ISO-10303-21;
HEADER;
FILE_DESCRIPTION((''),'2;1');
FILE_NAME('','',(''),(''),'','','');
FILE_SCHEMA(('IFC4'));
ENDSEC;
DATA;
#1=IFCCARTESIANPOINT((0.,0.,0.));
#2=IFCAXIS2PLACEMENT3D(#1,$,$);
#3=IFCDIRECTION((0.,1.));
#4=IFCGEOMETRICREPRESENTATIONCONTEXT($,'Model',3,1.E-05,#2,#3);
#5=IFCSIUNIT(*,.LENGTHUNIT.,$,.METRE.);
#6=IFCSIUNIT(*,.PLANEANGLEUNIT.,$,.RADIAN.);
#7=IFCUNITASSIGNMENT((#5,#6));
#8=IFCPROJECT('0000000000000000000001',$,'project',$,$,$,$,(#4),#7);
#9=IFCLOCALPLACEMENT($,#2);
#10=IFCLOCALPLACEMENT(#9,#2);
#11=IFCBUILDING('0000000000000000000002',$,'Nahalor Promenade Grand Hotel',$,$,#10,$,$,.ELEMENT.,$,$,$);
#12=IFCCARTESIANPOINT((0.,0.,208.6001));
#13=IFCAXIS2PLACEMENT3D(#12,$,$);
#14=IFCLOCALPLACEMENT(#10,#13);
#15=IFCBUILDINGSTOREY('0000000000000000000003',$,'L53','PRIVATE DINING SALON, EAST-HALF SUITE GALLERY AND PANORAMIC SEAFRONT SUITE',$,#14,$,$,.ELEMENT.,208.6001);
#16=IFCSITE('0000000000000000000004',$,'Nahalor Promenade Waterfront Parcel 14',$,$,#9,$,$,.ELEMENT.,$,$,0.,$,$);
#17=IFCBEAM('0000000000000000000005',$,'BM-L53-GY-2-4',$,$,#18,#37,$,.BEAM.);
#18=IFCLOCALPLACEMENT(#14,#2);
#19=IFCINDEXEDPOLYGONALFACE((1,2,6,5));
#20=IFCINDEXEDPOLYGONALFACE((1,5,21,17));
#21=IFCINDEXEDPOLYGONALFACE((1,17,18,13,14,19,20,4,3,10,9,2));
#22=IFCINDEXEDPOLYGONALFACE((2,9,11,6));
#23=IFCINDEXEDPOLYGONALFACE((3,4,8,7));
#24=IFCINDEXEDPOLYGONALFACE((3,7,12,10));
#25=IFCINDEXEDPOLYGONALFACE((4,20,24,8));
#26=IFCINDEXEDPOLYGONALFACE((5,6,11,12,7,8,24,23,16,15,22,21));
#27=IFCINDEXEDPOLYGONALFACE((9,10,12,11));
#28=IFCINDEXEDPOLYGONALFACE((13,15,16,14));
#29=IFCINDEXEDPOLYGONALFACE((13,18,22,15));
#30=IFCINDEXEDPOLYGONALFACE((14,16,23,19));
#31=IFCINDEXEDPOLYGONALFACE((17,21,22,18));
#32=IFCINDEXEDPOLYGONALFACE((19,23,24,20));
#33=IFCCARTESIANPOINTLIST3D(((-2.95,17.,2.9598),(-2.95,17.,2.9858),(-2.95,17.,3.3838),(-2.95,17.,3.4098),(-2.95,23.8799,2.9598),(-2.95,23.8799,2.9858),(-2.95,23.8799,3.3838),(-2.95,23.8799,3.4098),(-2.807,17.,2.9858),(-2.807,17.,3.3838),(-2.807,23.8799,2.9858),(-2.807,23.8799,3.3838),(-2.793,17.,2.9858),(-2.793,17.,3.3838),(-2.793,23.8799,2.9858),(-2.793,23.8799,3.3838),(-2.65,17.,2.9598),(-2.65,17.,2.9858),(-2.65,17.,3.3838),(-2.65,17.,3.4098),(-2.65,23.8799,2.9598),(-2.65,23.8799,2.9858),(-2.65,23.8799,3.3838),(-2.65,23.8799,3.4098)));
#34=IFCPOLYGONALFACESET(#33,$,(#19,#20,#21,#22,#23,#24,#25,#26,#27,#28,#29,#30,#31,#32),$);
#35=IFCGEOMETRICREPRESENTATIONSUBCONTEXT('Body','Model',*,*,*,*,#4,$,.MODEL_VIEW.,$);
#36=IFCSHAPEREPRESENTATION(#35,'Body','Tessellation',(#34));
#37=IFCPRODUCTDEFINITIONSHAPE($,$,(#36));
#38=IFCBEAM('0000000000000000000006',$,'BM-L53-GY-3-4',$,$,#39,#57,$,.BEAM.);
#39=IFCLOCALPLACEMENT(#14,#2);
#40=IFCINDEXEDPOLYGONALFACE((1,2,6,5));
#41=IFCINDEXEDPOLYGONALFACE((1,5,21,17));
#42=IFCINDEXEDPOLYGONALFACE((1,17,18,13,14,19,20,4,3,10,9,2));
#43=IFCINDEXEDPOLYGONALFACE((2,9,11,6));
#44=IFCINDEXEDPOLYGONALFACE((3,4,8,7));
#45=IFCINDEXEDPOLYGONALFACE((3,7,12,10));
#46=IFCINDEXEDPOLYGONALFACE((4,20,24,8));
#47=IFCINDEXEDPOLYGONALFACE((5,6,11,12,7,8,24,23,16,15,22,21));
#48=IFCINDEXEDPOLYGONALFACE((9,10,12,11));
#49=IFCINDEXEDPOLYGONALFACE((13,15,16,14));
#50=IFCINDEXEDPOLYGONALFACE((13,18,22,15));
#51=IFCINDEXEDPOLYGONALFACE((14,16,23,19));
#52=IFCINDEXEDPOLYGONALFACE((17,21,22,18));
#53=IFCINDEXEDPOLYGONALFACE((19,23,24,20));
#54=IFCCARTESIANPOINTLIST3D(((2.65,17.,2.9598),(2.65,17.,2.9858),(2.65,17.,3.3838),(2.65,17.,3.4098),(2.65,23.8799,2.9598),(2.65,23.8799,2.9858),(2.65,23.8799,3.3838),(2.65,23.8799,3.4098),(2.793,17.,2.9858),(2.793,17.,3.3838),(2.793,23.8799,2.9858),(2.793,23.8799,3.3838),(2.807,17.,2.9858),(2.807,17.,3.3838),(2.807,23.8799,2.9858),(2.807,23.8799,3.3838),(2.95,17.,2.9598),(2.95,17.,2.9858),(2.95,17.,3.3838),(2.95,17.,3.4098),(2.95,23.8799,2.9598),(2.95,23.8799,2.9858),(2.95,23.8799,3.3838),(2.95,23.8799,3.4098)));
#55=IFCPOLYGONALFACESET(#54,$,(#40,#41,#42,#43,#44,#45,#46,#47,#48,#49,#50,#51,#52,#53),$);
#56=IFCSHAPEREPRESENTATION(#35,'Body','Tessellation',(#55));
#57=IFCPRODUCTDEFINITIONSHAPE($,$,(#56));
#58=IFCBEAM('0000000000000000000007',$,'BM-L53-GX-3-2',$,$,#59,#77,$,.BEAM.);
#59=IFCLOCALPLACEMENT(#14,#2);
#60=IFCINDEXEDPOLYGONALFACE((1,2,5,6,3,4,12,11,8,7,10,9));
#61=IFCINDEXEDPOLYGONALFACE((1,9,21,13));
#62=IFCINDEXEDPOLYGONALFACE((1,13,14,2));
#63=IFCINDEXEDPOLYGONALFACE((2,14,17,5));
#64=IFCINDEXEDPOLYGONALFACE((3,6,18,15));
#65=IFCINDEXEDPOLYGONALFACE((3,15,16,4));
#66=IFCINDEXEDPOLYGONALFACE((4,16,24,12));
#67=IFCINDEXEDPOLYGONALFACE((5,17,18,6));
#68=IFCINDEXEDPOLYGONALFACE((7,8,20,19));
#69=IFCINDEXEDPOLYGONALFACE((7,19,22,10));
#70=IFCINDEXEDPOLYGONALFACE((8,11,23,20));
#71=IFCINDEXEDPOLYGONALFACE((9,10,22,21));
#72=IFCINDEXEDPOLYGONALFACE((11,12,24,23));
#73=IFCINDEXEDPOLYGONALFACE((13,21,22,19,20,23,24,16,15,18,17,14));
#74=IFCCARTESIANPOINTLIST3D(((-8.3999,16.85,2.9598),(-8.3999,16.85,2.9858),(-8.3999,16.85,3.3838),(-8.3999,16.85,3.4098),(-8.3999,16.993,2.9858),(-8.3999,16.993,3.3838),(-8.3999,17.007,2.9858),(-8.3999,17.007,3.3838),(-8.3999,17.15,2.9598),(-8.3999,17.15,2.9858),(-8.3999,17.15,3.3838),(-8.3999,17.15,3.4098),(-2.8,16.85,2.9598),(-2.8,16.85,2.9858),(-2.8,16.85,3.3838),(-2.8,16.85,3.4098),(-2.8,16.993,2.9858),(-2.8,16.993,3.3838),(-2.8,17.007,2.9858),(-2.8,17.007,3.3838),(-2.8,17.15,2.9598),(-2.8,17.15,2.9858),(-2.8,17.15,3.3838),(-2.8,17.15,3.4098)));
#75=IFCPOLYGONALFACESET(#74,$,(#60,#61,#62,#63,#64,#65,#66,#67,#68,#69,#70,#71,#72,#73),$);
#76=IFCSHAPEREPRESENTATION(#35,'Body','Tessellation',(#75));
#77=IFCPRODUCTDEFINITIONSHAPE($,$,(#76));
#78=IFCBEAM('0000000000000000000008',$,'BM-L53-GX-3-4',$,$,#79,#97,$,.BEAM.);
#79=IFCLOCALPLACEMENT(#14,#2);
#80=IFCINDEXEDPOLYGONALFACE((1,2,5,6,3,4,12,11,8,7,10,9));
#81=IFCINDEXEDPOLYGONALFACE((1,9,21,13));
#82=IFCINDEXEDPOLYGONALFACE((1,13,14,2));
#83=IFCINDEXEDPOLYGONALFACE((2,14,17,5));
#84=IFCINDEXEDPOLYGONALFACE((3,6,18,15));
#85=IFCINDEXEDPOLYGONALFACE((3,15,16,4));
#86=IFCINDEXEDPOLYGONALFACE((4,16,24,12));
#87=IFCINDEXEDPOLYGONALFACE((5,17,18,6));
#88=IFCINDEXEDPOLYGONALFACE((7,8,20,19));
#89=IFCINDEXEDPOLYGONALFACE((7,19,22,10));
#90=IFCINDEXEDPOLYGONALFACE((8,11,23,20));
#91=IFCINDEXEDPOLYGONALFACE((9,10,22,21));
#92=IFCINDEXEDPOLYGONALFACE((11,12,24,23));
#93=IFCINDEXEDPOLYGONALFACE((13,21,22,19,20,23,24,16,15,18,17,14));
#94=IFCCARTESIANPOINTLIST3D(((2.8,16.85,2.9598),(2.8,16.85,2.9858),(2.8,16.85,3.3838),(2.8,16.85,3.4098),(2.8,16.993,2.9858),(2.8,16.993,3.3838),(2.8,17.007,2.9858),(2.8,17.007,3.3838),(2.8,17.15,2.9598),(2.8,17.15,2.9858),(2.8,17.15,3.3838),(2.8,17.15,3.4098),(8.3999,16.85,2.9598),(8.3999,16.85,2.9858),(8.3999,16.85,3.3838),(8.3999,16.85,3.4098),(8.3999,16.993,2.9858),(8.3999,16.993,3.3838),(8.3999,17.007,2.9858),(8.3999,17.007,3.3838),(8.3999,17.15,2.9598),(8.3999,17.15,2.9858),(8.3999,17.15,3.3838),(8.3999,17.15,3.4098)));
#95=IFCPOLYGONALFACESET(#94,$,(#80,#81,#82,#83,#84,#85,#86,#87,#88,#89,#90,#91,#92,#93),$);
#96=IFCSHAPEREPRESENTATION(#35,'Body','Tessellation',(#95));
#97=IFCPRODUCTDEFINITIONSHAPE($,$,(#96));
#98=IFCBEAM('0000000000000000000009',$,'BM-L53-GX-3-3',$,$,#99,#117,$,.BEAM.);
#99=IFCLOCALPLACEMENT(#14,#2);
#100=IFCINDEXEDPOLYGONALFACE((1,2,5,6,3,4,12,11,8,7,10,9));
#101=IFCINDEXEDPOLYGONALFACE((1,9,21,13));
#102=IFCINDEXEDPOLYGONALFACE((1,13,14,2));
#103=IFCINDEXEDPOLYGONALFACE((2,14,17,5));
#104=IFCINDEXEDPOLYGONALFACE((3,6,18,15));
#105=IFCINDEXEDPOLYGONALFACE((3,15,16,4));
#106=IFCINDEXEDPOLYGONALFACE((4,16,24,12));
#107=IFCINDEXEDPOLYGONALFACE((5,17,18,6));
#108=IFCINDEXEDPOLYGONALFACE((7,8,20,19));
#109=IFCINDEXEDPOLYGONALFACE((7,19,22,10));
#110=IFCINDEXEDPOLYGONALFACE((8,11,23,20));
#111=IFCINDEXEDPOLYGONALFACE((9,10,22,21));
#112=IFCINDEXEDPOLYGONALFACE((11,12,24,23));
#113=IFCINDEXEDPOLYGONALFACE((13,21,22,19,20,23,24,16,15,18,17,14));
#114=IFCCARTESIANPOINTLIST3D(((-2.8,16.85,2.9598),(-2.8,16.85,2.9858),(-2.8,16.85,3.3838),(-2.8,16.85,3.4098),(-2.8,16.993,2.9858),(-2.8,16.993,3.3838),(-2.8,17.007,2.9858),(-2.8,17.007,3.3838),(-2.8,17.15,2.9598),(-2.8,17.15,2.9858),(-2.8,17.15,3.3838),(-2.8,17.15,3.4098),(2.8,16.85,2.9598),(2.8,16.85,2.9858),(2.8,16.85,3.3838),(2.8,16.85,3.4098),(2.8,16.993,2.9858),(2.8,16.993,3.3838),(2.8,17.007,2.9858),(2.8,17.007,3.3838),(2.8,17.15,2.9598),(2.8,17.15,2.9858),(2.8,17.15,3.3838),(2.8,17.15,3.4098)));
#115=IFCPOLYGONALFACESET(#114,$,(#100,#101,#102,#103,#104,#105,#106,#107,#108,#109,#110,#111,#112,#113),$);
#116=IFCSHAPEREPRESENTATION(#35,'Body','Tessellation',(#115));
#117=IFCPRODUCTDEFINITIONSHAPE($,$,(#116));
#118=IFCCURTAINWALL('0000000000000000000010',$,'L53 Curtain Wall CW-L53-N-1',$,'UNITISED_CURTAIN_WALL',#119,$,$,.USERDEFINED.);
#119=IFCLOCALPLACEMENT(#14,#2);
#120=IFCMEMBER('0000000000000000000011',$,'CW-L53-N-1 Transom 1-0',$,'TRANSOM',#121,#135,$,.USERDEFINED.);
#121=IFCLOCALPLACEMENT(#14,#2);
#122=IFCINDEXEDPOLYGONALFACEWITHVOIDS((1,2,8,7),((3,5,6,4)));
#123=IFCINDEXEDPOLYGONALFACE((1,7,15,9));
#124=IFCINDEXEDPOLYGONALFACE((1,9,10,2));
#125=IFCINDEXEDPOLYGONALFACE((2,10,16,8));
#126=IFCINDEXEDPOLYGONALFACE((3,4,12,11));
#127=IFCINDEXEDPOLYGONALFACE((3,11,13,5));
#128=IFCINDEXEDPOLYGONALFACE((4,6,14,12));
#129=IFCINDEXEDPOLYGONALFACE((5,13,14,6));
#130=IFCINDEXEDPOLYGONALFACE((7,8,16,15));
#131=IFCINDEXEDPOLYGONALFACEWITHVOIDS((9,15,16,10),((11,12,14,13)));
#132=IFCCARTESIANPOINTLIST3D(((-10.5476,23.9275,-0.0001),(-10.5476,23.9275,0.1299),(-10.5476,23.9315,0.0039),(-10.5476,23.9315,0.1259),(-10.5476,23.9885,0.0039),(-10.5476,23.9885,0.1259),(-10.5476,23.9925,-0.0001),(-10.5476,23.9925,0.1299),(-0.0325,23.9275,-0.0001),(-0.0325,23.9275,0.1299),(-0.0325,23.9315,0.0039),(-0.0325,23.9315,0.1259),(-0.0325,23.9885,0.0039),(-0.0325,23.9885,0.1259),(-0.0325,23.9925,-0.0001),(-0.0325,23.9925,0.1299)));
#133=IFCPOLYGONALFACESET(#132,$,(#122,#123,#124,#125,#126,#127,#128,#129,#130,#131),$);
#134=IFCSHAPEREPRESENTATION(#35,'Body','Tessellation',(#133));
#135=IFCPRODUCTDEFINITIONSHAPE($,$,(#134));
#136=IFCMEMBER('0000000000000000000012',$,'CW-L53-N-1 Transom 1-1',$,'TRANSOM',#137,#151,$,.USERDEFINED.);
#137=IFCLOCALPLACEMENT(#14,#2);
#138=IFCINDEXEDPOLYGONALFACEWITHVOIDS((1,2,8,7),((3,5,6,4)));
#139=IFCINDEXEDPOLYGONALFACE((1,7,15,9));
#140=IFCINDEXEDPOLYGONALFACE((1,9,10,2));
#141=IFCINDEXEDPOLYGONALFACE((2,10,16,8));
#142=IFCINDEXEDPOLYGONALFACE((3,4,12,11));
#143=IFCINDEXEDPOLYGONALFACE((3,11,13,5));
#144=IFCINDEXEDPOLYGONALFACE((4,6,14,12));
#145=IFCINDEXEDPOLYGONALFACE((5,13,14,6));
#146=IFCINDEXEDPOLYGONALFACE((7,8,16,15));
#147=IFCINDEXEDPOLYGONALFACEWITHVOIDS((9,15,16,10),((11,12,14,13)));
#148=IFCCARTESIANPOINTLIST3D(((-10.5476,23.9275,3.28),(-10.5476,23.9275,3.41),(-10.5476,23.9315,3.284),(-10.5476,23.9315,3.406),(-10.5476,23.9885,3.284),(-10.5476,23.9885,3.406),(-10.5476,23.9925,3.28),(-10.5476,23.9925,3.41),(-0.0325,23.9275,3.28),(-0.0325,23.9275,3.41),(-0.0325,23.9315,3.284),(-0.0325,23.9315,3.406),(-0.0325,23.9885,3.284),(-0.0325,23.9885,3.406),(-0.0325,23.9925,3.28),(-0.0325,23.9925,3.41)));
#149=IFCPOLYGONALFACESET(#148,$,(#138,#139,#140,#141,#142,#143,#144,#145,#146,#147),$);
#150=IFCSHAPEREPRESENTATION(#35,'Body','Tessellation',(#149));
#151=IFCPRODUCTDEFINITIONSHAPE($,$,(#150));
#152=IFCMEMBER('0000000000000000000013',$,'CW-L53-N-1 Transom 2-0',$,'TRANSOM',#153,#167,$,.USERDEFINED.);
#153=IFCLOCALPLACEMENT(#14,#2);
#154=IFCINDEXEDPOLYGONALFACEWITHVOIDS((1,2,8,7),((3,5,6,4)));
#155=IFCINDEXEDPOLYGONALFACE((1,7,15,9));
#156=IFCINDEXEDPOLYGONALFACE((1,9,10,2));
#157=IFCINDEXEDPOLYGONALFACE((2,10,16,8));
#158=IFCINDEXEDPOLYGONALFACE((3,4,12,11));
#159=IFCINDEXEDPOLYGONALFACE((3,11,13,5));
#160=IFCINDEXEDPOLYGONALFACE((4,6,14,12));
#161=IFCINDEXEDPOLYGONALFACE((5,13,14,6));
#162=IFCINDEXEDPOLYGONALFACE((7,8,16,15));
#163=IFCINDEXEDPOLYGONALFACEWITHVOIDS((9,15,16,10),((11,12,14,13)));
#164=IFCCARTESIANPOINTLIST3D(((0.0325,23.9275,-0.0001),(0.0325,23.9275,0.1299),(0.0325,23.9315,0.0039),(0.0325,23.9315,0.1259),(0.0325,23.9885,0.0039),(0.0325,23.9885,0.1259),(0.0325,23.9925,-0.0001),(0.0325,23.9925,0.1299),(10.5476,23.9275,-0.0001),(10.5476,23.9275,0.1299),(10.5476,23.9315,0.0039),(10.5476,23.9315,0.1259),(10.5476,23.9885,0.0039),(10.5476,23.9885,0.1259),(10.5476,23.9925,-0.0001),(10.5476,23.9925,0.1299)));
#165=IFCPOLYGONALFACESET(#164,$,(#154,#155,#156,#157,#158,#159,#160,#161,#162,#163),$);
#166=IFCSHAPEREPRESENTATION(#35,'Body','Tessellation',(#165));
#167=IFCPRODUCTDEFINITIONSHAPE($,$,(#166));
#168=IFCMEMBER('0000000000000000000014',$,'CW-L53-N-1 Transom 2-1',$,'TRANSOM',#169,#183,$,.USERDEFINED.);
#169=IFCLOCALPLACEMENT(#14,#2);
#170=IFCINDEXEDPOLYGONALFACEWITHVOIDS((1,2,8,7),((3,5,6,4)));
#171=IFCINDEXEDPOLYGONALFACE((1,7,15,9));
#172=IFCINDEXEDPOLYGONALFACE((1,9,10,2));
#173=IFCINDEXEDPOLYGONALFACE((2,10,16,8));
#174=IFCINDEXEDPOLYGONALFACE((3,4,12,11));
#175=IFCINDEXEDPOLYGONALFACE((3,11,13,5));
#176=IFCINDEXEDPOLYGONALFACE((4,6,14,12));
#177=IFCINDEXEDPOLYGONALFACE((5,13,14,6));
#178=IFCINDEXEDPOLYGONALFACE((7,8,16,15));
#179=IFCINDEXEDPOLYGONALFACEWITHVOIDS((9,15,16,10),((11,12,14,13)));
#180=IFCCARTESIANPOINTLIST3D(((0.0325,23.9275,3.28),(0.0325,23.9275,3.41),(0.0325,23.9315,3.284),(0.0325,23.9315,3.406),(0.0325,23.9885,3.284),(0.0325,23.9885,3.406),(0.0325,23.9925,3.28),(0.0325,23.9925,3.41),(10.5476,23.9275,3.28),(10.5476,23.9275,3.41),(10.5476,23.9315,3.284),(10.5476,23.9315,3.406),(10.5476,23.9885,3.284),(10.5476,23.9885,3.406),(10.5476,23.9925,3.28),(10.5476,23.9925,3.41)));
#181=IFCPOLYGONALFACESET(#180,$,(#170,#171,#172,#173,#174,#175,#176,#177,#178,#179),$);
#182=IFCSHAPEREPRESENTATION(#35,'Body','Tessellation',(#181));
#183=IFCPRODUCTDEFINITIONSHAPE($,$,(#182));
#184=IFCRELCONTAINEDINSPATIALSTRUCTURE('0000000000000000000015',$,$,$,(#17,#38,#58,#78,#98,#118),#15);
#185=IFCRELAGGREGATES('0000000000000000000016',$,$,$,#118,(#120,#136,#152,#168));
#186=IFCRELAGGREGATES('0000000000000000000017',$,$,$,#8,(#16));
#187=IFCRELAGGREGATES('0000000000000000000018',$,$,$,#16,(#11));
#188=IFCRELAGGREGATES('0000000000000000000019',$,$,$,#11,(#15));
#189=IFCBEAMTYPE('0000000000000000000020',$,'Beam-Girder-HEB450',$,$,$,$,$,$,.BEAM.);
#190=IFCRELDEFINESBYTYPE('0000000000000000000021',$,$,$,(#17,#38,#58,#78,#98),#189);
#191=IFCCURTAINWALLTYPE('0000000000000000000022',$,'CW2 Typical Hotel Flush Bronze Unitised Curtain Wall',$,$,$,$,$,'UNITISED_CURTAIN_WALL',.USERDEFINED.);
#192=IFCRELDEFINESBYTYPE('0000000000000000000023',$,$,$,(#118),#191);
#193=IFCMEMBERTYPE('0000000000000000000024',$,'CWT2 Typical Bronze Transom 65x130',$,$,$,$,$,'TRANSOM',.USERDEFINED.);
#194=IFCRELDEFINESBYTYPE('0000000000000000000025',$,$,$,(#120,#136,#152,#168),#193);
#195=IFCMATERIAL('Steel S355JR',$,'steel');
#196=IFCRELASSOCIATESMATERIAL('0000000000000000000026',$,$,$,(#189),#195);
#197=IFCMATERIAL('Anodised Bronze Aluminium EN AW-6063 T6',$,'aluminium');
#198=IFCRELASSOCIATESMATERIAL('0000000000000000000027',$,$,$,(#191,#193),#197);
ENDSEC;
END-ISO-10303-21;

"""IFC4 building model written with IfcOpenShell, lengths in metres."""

from ifc_helpers import new_model, si_unit, direction, frame, origin, origin_2d, place, context, subcontext, project, spatial, hollow_rectangle, i_section, extrude, source, transform, mapped, material, material_profile, profile_set, type_object, element, aggregate, save


model = new_model("IFC4")

# Units and contexts
model_context = context("Model", 3, precision=1e-05, world=origin(), true_north=direction((0.0, 1.0)))
body_context = subcontext(model_context, "Body", "Model", "MODEL_VIEW")
ifc_project = project(units=[si_unit("LENGTHUNIT", "METRE"), si_unit("PLANEANGLEUNIT", "RADIAN")], contexts=[model_context])

# Site, building, storey
site_placement = place(None, origin())
site = spatial("IfcSite", under=ifc_project, at=site_placement, Name="Nahalor Promenade Waterfront Parcel 14", CompositionType="ELEMENT", RefElevation=0.0)
building_placement = place(site_placement, origin())
building = spatial("IfcBuilding", under=site, at=building_placement, Name="Nahalor Promenade Grand Hotel", CompositionType="ELEMENT")
storey_placement = place(building_placement, frame((0.0, 0.0, 208.6001)))
storey = spatial("IfcBuildingStorey", under=building, at=storey_placement, Name="L53", Description="PRIVATE DINING SALON, EAST-HALF SUITE GALLERY AND PANORAMIC SEAFRONT SUITE", CompositionType="ELEMENT", Elevation=208.6001)

# Shared definitions
ifc_material_1 = material(Name="Steel S355JR", Category="steel")

# Beams
ifc_material_profile_1 = material_profile(ifc_material_1, i_section(OverallWidth=0.3, OverallDepth=0.45, WebThickness=0.014, FlangeThickness=0.026, at=origin_2d()), Name="HEB 450")
ifc_profile_set_1 = profile_set([ifc_material_profile_1], Name="Steel S355JR")
beam_type_1 = type_object("IfcBeamType", Name="Beam-Girder-HEB450", PredefinedType="BEAM", material=ifc_profile_set_1)
shared_shape_1 = source(origin(), body_context, "Body", "SweptSolid", [
    extrude(i_section(OverallWidth=0.3, OverallDepth=0.45, WebThickness=0.014, FlangeThickness=0.026, at=origin_2d()), origin(), (0.0, 0.0, 1.0), 6.8799),
])
for number, where, z_axis, x_axis, name in (
    (1, (-2.8, 17.0, 3.1848), (0.0, 1.0, 0.0), (-1.0, 0.0, 0.0), "BM-L53-GY-2-4"),
    (2, (2.8, 17.0, 3.1848), (0.0, 1.0, 0.0), (-1.0, 0.0, 0.0), "BM-L53-GY-3-4"),
):
    element("IfcBeam", number, at=place(storey_placement, frame(where, z_axis=z_axis, x_axis=x_axis)), inside=storey, type_object=beam_type_1, Name=name, PredefinedType="BEAM", context=body_context, shape_type="MappedRepresentation", body=[
        mapped(shared_shape_1, transform((0.0, 0.0, 0.0), scale=1.0)),
    ])
shared_shape_2 = source(origin(), body_context, "Body", "SweptSolid", [
    extrude(i_section(OverallWidth=0.3, OverallDepth=0.45, WebThickness=0.014, FlangeThickness=0.026, at=origin_2d()), origin(), (0.0, 0.0, 1.0), 5.5999),
])
for number, where, z_axis, x_axis, name in (
    (3, (-8.3999, 17.0, 3.1848), (1.0, 0.0, 0.0), (0.0, 1.0, 0.0), "BM-L53-GX-3-2"),
    (4, (2.8, 17.0, 3.1848), (1.0, 0.0, 0.0), (0.0, 1.0, 0.0), "BM-L53-GX-3-4"),
):
    element("IfcBeam", number, at=place(storey_placement, frame(where, z_axis=z_axis, x_axis=x_axis)), inside=storey, type_object=beam_type_1, Name=name, PredefinedType="BEAM", context=body_context, shape_type="MappedRepresentation", body=[
        mapped(shared_shape_2, transform((0.0, 0.0, 0.0), scale=1.0)),
    ])
shared_shape_3 = source(origin(), body_context, "Body", "SweptSolid", [
    extrude(i_section(OverallWidth=0.3, OverallDepth=0.45, WebThickness=0.014, FlangeThickness=0.026, at=origin_2d()), origin(), (0.0, 0.0, 1.0), 5.6001),
])
beam_1_placement = place(storey_placement, frame((-2.8, 17.0, 3.1848), z_axis=(1.0, 0.0, 0.0), x_axis=(0.0, 1.0, 0.0)))
element("IfcBeam", 5, at=beam_1_placement, inside=storey, type_object=beam_type_1, Name="BM-L53-GX-3-3", PredefinedType="BEAM", context=body_context, shape_type="MappedRepresentation", body=[
    mapped(shared_shape_3, transform((0.0, 0.0, 0.0), scale=1.0)),
])

# Curtain wall, members
ifc_material_2 = material(Name="Anodised Bronze Aluminium EN AW-6063 T6", Category="aluminium")
curtain_wall_type = type_object("IfcCurtainWallType", Name="CW2 Typical Hotel Flush Bronze Unitised Curtain Wall", ElementType="UNITISED_CURTAIN_WALL", PredefinedType="USERDEFINED", material=ifc_material_2)
curtain_wall_placement = place(storey_placement, origin())
curtain_wall = element("IfcCurtainWall", 6, at=curtain_wall_placement, inside=storey, type_object=curtain_wall_type, Name="L53 Curtain Wall CW-L53-N-1", ObjectType="UNITISED_CURTAIN_WALL", PredefinedType="USERDEFINED")
ifc_material_profile_2 = material_profile(ifc_material_2, hollow_rectangle(XDim=0.065, YDim=0.13, WallThickness=0.004, at=origin_2d()), Name="CWT 65x130x4")
ifc_profile_set_2 = profile_set([ifc_material_profile_2], Name="Anodised Bronze Aluminium EN AW-6063 T6")
member_type_1 = type_object("IfcMemberType", Name="CWT2 Typical Bronze Transom 65x130", ElementType="TRANSOM", PredefinedType="USERDEFINED", material=ifc_profile_set_2)
shared_shape_4 = source(origin(), body_context, "Body", "SweptSolid", [
    extrude(hollow_rectangle(XDim=0.065, YDim=0.13, WallThickness=0.004, at=origin_2d()), origin(), (0.0, 0.0, 1.0), 10.5151),
])
member_1_placement = place(storey_placement, frame((-10.5476, 23.96, 0.0649), z_axis=(1.0, 0.0, 0.0), x_axis=(0.0, 1.0, 0.0)))
member_1 = element("IfcMember", 7, at=member_1_placement, type_object=member_type_1, Name="CW-L53-N-1 Transom 1-0", ObjectType="TRANSOM", PredefinedType="USERDEFINED", context=body_context, shape_type="MappedRepresentation", body=[
    mapped(shared_shape_4, transform((0.0, 0.0, 0.0), scale=1.0)),
])
member_2_placement = place(storey_placement, frame((-10.5476, 23.96, 3.345), z_axis=(1.0, 0.0, 0.0), x_axis=(0.0, 1.0, 0.0)))
member_2 = element("IfcMember", 8, at=member_2_placement, type_object=member_type_1, Name="CW-L53-N-1 Transom 1-1", ObjectType="TRANSOM", PredefinedType="USERDEFINED", context=body_context, shape_type="MappedRepresentation", body=[
    mapped(shared_shape_4, transform((0.0, 0.0, 0.0), scale=1.0)),
])
member_3_placement = place(storey_placement, frame((0.0325, 23.96, 0.0649), z_axis=(1.0, 0.0, 0.0), x_axis=(0.0, 1.0, 0.0)))
member_3 = element("IfcMember", 9, at=member_3_placement, type_object=member_type_1, Name="CW-L53-N-1 Transom 2-0", ObjectType="TRANSOM", PredefinedType="USERDEFINED", context=body_context, shape_type="MappedRepresentation", body=[
    mapped(shared_shape_4, transform((0.0, 0.0, 0.0), scale=1.0)),
])
member_4_placement = place(storey_placement, frame((0.0325, 23.96, 3.345), z_axis=(1.0, 0.0, 0.0), x_axis=(0.0, 1.0, 0.0)))
member_4 = element("IfcMember", 10, at=member_4_placement, type_object=member_type_1, Name="CW-L53-N-1 Transom 2-1", ObjectType="TRANSOM", PredefinedType="USERDEFINED", context=body_context, shape_type="MappedRepresentation", body=[
    mapped(shared_shape_4, transform((0.0, 0.0, 0.0), scale=1.0)),
])
aggregate(curtain_wall, [member_1, member_2, member_3, member_4])

save(model, "model.ifc")
